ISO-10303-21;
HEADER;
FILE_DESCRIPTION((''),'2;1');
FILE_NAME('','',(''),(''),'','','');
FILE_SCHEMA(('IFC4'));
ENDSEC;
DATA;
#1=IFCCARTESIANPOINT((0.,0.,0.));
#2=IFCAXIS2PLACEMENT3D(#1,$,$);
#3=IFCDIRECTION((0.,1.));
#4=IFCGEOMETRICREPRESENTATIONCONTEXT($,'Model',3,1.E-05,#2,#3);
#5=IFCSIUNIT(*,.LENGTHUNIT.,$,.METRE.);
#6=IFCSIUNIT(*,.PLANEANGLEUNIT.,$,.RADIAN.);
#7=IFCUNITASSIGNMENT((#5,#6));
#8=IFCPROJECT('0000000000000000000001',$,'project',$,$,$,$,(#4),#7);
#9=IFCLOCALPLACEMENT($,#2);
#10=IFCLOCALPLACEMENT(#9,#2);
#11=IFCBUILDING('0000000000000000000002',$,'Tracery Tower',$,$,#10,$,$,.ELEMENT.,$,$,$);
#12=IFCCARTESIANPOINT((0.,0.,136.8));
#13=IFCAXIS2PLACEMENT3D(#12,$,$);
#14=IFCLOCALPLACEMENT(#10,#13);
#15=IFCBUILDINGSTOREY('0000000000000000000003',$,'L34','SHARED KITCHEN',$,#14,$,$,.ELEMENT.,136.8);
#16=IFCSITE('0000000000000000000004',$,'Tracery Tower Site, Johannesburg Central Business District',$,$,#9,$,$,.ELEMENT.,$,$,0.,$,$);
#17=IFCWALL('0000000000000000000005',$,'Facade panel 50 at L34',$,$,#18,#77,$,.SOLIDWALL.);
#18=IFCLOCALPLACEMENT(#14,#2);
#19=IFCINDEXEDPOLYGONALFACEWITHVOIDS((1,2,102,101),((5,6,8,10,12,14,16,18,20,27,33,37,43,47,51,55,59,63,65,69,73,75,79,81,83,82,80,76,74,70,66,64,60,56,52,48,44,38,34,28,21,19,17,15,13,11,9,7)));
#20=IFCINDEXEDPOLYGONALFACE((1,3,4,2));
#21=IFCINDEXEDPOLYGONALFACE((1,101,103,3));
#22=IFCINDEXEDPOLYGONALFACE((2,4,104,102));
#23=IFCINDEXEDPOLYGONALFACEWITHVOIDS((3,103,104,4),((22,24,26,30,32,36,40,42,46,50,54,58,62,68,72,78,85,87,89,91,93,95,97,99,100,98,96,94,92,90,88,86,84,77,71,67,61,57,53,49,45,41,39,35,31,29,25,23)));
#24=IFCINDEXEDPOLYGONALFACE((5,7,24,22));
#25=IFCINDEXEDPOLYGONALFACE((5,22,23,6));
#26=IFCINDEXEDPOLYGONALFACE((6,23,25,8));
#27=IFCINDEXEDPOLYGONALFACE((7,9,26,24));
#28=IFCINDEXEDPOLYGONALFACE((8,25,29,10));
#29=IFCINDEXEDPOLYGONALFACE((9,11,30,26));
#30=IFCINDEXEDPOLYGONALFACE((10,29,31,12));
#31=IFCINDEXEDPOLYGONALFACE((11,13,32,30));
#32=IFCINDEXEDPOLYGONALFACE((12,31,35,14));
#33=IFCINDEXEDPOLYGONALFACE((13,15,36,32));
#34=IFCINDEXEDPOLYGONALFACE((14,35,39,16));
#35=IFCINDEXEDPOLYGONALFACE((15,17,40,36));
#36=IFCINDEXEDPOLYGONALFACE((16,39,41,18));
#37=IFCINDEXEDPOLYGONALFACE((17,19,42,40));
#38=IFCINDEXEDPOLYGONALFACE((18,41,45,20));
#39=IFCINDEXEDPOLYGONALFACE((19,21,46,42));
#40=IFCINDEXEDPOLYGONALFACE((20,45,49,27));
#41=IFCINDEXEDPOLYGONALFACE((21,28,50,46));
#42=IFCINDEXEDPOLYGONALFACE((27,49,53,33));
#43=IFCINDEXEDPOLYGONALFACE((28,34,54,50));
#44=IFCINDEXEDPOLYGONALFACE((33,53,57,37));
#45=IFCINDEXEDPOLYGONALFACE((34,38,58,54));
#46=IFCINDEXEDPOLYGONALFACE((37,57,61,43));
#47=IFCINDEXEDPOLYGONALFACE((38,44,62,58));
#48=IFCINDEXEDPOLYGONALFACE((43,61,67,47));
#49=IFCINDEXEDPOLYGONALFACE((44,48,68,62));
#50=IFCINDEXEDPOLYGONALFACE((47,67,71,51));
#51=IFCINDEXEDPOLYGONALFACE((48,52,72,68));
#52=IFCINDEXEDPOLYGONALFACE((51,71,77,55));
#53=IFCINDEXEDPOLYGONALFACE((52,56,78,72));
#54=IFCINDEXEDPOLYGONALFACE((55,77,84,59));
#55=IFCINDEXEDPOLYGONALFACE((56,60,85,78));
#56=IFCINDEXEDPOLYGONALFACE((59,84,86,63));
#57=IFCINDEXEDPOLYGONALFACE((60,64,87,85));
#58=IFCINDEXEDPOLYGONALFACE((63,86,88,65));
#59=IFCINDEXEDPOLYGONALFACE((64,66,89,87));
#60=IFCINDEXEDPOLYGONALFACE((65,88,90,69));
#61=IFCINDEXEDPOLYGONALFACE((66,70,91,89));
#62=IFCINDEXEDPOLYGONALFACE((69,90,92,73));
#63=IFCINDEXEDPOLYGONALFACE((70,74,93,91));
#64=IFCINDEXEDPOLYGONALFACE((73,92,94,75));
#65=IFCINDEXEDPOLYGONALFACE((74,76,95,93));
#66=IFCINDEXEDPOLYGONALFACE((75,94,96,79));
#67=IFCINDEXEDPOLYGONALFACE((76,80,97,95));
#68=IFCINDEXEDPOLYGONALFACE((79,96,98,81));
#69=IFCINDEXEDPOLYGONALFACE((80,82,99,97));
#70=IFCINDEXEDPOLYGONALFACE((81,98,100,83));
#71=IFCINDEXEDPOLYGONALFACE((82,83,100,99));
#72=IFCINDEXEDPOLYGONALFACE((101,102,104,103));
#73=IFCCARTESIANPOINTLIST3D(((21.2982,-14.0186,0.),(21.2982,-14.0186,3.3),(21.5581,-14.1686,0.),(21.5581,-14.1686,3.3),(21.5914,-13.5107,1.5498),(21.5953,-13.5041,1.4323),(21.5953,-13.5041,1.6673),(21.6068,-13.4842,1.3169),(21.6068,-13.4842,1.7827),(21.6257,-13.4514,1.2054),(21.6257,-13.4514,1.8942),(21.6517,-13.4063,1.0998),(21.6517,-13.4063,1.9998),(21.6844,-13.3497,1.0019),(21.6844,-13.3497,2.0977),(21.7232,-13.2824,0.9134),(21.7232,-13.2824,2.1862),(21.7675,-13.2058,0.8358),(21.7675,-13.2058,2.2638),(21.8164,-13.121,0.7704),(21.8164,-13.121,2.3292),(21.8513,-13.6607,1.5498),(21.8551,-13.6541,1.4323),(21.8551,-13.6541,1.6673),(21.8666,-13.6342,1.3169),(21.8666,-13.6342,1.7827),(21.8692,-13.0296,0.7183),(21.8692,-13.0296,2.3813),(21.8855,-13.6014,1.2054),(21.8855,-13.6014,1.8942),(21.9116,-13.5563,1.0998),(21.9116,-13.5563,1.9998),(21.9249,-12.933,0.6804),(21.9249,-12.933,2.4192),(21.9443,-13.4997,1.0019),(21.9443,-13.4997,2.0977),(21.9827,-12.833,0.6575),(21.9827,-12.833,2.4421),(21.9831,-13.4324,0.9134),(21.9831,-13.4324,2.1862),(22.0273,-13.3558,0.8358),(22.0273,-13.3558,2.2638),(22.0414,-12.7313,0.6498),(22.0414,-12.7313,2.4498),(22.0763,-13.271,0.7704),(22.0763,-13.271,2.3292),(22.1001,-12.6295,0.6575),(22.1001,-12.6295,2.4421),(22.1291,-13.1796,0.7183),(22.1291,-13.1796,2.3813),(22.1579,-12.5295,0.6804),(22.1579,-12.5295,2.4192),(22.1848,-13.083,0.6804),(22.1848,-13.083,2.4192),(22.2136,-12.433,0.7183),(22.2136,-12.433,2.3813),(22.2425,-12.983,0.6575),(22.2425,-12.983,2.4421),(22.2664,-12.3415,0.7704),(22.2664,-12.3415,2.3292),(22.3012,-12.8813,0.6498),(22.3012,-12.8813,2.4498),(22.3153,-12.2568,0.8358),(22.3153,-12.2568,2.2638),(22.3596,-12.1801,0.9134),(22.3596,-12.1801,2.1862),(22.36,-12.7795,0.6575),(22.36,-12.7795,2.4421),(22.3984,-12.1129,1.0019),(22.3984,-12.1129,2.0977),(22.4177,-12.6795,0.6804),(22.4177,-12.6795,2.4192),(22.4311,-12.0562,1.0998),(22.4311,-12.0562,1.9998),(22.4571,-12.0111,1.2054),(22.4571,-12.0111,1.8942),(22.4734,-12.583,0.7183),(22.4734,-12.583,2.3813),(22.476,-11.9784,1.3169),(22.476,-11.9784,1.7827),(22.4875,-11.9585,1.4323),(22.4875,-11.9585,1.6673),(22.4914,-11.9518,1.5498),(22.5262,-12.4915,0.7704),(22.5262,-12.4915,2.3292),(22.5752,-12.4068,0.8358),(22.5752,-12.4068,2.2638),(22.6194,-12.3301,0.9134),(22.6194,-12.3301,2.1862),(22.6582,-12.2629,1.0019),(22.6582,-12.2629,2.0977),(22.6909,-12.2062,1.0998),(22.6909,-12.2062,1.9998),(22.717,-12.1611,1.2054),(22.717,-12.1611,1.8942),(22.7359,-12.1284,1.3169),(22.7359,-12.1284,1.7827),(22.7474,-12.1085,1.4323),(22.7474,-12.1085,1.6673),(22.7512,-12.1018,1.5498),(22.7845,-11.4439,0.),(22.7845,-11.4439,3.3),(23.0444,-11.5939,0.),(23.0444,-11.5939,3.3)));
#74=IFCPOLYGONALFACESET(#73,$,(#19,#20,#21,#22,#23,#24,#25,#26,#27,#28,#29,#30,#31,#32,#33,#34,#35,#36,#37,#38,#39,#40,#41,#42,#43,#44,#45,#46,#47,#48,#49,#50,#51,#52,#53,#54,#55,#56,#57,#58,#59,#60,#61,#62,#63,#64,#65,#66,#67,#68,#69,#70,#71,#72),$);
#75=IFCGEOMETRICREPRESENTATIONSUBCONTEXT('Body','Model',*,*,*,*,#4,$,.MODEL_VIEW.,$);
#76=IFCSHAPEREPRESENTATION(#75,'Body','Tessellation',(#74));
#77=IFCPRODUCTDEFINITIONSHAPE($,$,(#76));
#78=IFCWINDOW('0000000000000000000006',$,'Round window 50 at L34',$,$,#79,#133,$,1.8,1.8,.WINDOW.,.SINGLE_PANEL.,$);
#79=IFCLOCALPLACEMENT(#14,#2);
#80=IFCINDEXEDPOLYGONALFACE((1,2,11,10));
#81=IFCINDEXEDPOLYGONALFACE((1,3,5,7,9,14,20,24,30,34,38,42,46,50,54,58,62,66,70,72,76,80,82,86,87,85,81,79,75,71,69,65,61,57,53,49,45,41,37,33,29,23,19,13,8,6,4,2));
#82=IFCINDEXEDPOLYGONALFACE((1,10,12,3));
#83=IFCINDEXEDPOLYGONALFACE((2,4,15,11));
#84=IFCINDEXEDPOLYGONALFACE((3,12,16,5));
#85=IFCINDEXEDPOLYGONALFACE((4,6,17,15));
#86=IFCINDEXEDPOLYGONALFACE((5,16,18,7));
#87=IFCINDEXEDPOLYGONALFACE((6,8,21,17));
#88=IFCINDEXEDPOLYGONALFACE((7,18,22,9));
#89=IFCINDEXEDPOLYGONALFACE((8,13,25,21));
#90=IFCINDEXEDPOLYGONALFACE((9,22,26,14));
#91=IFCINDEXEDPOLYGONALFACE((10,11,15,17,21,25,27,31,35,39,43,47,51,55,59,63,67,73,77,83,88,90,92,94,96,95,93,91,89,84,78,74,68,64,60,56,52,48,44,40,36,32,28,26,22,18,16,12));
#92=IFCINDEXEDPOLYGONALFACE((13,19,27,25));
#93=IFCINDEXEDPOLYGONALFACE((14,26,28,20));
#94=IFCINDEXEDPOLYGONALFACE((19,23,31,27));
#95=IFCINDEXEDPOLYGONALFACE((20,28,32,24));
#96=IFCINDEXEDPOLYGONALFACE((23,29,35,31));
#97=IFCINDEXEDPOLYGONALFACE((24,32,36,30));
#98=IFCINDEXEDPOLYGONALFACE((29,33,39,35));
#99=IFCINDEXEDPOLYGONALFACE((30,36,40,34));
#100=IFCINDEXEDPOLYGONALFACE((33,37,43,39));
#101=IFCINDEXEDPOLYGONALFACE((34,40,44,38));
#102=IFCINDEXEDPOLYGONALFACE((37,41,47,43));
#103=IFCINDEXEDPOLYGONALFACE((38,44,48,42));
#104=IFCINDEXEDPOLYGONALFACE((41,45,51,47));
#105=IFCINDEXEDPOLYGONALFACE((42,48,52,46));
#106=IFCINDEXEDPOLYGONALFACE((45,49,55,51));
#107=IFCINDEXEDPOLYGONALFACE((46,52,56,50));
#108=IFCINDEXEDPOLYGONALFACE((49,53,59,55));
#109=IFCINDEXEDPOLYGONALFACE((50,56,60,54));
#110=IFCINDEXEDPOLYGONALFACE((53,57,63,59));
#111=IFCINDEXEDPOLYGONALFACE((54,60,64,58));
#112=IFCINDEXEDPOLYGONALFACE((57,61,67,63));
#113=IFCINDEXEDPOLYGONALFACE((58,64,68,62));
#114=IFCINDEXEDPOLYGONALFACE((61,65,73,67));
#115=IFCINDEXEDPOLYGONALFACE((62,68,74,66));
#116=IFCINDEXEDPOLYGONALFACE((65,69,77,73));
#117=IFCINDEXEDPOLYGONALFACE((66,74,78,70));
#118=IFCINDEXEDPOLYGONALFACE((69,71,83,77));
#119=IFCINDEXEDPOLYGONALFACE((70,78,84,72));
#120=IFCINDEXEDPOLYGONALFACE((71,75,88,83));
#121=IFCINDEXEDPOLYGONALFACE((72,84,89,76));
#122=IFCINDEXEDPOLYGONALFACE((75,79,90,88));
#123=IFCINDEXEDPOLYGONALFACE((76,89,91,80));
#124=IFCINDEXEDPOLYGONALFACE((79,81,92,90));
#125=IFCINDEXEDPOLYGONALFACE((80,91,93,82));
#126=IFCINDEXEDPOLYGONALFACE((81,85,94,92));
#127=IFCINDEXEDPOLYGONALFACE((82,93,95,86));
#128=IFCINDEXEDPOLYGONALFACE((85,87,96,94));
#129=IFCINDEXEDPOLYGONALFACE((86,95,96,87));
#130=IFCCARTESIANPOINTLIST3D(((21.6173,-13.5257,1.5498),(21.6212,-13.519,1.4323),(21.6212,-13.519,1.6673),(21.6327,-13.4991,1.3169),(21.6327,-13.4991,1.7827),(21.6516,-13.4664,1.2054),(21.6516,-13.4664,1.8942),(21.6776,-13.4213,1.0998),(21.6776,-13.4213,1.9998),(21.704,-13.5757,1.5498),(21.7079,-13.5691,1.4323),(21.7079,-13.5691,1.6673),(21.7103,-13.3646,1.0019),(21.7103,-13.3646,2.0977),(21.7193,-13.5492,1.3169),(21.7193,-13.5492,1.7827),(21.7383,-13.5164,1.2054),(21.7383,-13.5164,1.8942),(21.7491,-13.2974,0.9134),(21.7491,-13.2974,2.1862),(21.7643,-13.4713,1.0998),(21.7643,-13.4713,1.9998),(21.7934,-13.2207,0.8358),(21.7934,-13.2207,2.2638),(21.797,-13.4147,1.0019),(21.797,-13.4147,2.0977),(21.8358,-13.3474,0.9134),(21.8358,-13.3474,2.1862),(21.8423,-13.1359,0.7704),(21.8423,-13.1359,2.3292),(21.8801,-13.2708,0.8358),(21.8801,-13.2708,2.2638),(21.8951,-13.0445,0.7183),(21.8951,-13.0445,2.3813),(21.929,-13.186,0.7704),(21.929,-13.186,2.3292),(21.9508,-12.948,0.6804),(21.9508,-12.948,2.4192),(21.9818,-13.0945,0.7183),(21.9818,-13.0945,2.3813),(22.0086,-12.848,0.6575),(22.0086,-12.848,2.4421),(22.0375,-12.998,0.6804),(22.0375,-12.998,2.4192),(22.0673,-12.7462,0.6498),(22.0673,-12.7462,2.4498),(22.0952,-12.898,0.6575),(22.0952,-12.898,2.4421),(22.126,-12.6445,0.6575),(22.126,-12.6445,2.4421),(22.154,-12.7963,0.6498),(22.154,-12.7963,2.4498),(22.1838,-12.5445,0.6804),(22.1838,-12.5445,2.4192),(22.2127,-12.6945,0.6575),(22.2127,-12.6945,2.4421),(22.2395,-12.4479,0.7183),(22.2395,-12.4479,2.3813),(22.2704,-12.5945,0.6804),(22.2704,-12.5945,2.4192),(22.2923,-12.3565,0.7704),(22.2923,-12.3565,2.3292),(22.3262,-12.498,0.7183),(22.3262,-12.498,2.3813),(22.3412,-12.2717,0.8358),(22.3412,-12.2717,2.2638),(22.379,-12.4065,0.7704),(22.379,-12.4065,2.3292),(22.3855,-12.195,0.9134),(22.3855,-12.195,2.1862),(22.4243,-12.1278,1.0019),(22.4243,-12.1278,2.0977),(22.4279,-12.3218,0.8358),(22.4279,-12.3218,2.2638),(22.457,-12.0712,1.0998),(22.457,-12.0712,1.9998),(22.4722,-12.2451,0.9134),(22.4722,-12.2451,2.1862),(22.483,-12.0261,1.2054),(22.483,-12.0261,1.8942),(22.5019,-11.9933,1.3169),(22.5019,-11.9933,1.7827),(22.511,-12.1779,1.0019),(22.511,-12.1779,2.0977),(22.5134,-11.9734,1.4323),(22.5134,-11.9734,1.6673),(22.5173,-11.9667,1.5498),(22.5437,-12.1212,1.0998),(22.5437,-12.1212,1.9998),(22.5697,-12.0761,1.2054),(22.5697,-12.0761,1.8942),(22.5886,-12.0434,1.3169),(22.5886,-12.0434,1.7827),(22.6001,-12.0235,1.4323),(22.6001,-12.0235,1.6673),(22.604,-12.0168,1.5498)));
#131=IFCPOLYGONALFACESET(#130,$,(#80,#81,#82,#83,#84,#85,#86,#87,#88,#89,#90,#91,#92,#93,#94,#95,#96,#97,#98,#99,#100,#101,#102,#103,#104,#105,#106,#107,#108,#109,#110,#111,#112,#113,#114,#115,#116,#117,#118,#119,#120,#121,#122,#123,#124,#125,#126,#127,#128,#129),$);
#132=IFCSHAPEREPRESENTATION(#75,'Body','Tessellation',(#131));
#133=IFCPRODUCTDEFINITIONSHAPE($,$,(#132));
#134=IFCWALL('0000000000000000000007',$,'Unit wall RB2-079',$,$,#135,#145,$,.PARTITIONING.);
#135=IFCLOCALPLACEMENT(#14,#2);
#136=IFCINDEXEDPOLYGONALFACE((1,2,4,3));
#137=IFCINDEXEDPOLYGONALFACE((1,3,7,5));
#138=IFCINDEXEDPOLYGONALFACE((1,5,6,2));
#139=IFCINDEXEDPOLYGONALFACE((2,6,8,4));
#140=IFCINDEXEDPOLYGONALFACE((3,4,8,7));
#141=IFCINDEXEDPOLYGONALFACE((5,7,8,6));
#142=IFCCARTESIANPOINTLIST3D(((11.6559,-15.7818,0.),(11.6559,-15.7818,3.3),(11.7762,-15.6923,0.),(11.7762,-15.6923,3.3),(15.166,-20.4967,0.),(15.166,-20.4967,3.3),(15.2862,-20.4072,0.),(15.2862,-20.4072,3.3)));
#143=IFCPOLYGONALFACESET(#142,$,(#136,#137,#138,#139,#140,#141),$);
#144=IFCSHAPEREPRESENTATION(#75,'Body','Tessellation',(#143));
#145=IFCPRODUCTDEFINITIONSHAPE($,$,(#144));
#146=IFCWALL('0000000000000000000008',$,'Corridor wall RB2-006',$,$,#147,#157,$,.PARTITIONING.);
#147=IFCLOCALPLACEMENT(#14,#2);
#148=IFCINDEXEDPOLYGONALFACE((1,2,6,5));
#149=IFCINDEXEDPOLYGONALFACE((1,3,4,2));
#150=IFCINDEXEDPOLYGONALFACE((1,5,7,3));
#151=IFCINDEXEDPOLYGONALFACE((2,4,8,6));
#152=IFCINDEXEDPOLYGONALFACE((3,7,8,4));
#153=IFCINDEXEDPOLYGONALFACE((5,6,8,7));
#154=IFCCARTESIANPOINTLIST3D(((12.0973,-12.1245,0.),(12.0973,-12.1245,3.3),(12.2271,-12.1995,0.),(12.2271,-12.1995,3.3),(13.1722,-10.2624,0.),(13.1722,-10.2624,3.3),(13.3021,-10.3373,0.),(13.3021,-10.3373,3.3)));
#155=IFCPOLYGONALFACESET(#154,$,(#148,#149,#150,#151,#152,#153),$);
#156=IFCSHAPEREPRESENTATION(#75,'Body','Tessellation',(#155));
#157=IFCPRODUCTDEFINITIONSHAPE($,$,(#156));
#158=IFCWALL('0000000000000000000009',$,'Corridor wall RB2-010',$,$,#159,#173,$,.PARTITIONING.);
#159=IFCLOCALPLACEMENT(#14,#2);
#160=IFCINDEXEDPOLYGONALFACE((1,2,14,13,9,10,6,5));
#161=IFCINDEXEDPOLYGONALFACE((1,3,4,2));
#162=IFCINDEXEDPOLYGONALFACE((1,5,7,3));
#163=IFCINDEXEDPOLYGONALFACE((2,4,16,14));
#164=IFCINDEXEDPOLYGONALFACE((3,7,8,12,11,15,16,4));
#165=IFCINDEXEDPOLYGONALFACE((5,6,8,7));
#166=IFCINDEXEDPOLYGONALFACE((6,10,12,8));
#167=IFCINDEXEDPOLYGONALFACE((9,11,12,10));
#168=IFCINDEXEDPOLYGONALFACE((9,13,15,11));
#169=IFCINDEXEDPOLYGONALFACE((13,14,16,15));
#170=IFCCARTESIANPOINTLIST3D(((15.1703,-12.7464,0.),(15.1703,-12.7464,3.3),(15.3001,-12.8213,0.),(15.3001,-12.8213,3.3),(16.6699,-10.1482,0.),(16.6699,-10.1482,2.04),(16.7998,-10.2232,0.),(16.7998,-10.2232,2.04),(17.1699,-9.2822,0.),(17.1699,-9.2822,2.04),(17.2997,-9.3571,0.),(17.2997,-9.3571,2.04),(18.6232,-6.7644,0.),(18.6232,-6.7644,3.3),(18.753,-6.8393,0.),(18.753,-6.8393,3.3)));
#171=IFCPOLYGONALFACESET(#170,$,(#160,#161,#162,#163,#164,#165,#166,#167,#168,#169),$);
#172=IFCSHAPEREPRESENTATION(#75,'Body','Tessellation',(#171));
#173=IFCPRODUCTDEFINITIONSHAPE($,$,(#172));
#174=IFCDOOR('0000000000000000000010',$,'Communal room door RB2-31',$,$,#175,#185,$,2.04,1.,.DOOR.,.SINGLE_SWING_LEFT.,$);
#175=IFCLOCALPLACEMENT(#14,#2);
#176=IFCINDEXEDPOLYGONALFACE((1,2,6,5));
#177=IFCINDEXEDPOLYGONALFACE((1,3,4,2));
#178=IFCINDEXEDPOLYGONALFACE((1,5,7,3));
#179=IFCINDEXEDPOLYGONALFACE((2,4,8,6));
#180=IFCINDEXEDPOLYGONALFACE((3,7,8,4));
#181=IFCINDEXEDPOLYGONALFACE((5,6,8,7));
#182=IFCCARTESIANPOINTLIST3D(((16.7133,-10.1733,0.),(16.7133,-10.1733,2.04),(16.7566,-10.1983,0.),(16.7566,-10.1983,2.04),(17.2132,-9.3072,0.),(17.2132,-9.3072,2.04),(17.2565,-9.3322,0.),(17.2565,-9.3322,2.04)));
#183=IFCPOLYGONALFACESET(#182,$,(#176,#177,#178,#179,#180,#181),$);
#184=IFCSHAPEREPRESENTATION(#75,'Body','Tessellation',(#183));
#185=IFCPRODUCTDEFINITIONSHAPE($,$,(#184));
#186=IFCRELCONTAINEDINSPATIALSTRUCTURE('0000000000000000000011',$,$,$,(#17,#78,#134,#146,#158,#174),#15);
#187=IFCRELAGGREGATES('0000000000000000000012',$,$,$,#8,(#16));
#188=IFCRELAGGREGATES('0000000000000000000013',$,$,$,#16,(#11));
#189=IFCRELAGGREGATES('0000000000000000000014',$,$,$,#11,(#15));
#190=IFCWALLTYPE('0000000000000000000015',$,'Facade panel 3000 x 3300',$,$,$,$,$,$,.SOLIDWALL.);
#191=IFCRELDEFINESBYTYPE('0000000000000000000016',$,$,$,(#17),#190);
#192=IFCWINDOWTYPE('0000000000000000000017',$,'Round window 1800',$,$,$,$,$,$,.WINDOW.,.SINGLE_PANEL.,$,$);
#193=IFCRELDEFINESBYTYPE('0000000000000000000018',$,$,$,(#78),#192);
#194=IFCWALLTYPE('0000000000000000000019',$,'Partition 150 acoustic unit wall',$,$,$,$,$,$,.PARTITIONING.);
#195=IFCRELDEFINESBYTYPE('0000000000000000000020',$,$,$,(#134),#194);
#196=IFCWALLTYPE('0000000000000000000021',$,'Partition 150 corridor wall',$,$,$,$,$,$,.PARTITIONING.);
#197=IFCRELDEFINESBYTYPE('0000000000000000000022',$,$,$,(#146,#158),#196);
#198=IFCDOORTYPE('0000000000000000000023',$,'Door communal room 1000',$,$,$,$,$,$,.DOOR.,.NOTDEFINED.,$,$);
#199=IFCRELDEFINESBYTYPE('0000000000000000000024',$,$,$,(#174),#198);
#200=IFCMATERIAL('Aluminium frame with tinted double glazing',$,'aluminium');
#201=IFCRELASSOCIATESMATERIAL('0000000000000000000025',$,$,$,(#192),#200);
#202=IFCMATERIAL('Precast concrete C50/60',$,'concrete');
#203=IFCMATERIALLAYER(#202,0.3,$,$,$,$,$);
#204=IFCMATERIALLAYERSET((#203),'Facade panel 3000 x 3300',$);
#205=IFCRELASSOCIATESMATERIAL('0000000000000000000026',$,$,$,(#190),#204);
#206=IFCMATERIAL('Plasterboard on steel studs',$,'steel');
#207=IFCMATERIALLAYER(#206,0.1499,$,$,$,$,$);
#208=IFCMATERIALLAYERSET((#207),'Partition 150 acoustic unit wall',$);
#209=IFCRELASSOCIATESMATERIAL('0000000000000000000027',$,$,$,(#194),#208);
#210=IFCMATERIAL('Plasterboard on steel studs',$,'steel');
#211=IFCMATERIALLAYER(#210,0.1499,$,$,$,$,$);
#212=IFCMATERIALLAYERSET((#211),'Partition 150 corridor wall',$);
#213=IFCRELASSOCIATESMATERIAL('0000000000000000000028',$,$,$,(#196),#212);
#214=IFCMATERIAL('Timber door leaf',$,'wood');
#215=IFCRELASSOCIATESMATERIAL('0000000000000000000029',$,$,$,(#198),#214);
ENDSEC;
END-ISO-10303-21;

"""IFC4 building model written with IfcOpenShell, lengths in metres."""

from ifc_helpers import new_model, si_unit, direction, frame, frame_2d, origin, origin_2d, place, context, subcontext, project, spatial, rectangle, circle, extrude, material, layer, layer_set, type_object, element, fill, save


model = new_model("IFC4")

# Units and contexts
model_context = context("Model", 3, precision=1e-05, world=origin(), true_north=direction((0.0, 1.0)))
body_context = subcontext(model_context, "Body", "Model", "MODEL_VIEW")
ifc_project = project(units=[si_unit("LENGTHUNIT", "METRE"), si_unit("PLANEANGLEUNIT", "RADIAN")], contexts=[model_context])

# Site, building, storey
site_placement = place(None, origin())
site = spatial("IfcSite", under=ifc_project, at=site_placement, Name="Tracery Tower Site, Johannesburg Central Business District", CompositionType="ELEMENT", RefElevation=0.0)
building_placement = place(site_placement, origin())
building = spatial("IfcBuilding", under=site, at=building_placement, Name="Tracery Tower", CompositionType="ELEMENT")
storey_placement = place(building_placement, frame((0.0, 0.0, 136.8)))
storey = spatial("IfcBuildingStorey", under=building, at=storey_placement, Name="L34", Description="SHARED KITCHEN", CompositionType="ELEMENT", Elevation=136.8)

# Wall, opening, window
ifc_material_1 = material(Name="Aluminium frame with tinted double glazing", Category="aluminium")
window_type = type_object("IfcWindowType", Name="Round window 1800", PartitioningType="SINGLE_PANEL", PredefinedType="WINDOW", material=ifc_material_1)
ifc_material_2 = material(Name="Precast concrete C50/60", Category="concrete")
ifc_layer_1 = layer(ifc_material_2, 0.3)
ifc_layer_set_1 = layer_set([ifc_layer_1], Name="Facade panel 3000 x 3300")
wall_type_1 = type_object("IfcWallType", Name="Facade panel 3000 x 3300", PredefinedType="SOLIDWALL", material=ifc_layer_set_1)
wall_1_placement = place(storey_placement, frame((21.4282, -14.0935, 0.0), z_axis=(0.0, 0.0, 1.0), x_axis=(0.499955, 0.866052, 0.0)))
wall_1 = element("IfcWall", 1, at=wall_1_placement, inside=storey, type_object=wall_type_1, Name="Facade panel 50 at L34", PredefinedType="SOLIDWALL", context=body_context, shape_type="SweptSolid", body=[
    extrude(rectangle(XDim=2.9729, YDim=0.3, at=frame_2d((1.4863, 0.0))), origin(), (0.0, 0.0, 1.0), 3.3),
])
opening_1_placement = place(wall_1_placement, frame((1.4863, 0.0, 1.5498)))
opening_1 = element("IfcOpeningElement", 2, at=opening_1_placement, cuts=wall_1, PredefinedType="OPENING", context=body_context, shape_type="SweptSolid", body=[
    extrude(circle(Radius=0.9, at=origin_2d()), frame((0.0, 0.1599, 0.0), z_axis=(0.0, -1.0, 0.0), x_axis=(1.0, 0.0, 0.0)), (0.0, 0.0, 1.0), 0.3201),
])
window_1_placement = place(opening_1_placement, origin())
window_1 = element("IfcWindow", 3, at=window_1_placement, inside=storey, type_object=window_type, Name="Round window 50 at L34", OverallHeight=1.8, OverallWidth=1.8, PartitioningType="SINGLE_PANEL", PredefinedType="WINDOW", context=body_context, shape_type="SweptSolid", body=[
    extrude(circle(Radius=0.9, at=origin_2d()), frame((0.0, 0.1201, 0.0), z_axis=(0.0, -1.0, 0.0), x_axis=(1.0, 0.0, 0.0)), (0.0, 0.0, 1.0), 0.1001),
])
fill(opening_1, window_1)

# Walls
ifc_material_3 = material(Name="Plasterboard on steel studs", Category="steel")
ifc_layer_2 = layer(ifc_material_3, 0.1499)
ifc_layer_set_2 = layer_set([ifc_layer_2], Name="Partition 150 acoustic unit wall")
wall_type_2 = type_object("IfcWallType", Name="Partition 150 acoustic unit wall", PredefinedType="PARTITIONING", material=ifc_layer_set_2)
wall_2_placement = place(storey_placement, frame((11.7161, -15.7371, 0.0), z_axis=(0.0, 0.0, 1.0), x_axis=(0.597152, -0.802128, 0.0)))
element("IfcWall", 4, at=wall_2_placement, inside=storey, type_object=wall_type_2, Name="Unit wall RB2-079", PredefinedType="PARTITIONING", context=body_context, shape_type="SweptSolid", body=[
    extrude(rectangle(XDim=5.8779, YDim=0.1499, at=frame_2d((2.939, 0.0))), origin(), (0.0, 0.0, 1.0), 3.3),
])
ifc_material_4 = material(Name="Plasterboard on steel studs", Category="steel")
ifc_layer_3 = layer(ifc_material_4, 0.1499)
ifc_layer_set_3 = layer_set([ifc_layer_3], Name="Partition 150 corridor wall")
wall_type_3 = type_object("IfcWallType", Name="Partition 150 corridor wall", PredefinedType="PARTITIONING", material=ifc_layer_set_3)
wall_3_placement = place(storey_placement, frame((12.1621, -12.1621, 0.0), z_axis=(0.0, 0.0, 1.0), x_axis=(0.499962, 0.866048, 0.0)))
element("IfcWall", 5, at=wall_3_placement, inside=storey, type_object=wall_type_3, Name="Corridor wall RB2-006", PredefinedType="PARTITIONING", context=body_context, shape_type="SweptSolid", body=[
    extrude(rectangle(XDim=2.1501, YDim=0.1499, at=frame_2d((1.0752, 0.0))), origin(), (0.0, 0.0, 1.0), 3.3),
])

# Wall, opening, door
wall_4_placement = place(storey_placement, frame((15.2351, -12.7839, 0.0), z_axis=(0.0, 0.0, 1.0), x_axis=(0.499914, 0.866075, 0.0)))
wall_4 = element("IfcWall", 6, at=wall_4_placement, inside=storey, type_object=wall_type_3, Name="Corridor wall RB2-010", PredefinedType="PARTITIONING", context=body_context, shape_type="SweptSolid", body=[
    extrude(rectangle(XDim=6.907, YDim=0.1499, at=frame_2d((3.4536, 0.0))), origin(), (0.0, 0.0, 1.0), 3.3),
])
opening_2_placement = place(wall_4_placement, frame((3.0, 0.0, 0.0)))
opening_2 = element("IfcOpeningElement", 7, at=opening_2_placement, cuts=wall_4, PredefinedType="OPENING", context=body_context, shape_type="SweptSolid", body=[
    extrude(rectangle(XDim=1.0, YDim=2.04, at=frame_2d((0.5, 1.02))), frame((0.0, 0.075, 0.0), z_axis=(0.0, -1.0, 0.0), x_axis=(1.0, 0.0, 0.0)), (0.0, 0.0, 1.0), 0.1499),
])
ifc_material_5 = material(Name="Timber door leaf", Category="wood")
door_type = type_object("IfcDoorType", Name="Door communal room 1000", OperationType="NOTDEFINED", PredefinedType="DOOR", material=ifc_material_5)
door_placement = place(opening_2_placement, origin())
door = element("IfcDoor", 8, at=door_placement, inside=storey, type_object=door_type, Name="Communal room door RB2-31", OperationType="SINGLE_SWING_LEFT", OverallHeight=2.04, OverallWidth=1.0, PredefinedType="DOOR", context=body_context, shape_type="SweptSolid", body=[
    extrude(rectangle(XDim=1.0, YDim=2.04, at=frame_2d((0.5, 1.02))), frame((0.0, 0.0249, 0.0), z_axis=(0.0, -1.0, 0.0), x_axis=(1.0, 0.0, 0.0)), (0.0, 0.0, 1.0), 0.05),
])
fill(opening_2, door)

save(model, "model.ifc")
